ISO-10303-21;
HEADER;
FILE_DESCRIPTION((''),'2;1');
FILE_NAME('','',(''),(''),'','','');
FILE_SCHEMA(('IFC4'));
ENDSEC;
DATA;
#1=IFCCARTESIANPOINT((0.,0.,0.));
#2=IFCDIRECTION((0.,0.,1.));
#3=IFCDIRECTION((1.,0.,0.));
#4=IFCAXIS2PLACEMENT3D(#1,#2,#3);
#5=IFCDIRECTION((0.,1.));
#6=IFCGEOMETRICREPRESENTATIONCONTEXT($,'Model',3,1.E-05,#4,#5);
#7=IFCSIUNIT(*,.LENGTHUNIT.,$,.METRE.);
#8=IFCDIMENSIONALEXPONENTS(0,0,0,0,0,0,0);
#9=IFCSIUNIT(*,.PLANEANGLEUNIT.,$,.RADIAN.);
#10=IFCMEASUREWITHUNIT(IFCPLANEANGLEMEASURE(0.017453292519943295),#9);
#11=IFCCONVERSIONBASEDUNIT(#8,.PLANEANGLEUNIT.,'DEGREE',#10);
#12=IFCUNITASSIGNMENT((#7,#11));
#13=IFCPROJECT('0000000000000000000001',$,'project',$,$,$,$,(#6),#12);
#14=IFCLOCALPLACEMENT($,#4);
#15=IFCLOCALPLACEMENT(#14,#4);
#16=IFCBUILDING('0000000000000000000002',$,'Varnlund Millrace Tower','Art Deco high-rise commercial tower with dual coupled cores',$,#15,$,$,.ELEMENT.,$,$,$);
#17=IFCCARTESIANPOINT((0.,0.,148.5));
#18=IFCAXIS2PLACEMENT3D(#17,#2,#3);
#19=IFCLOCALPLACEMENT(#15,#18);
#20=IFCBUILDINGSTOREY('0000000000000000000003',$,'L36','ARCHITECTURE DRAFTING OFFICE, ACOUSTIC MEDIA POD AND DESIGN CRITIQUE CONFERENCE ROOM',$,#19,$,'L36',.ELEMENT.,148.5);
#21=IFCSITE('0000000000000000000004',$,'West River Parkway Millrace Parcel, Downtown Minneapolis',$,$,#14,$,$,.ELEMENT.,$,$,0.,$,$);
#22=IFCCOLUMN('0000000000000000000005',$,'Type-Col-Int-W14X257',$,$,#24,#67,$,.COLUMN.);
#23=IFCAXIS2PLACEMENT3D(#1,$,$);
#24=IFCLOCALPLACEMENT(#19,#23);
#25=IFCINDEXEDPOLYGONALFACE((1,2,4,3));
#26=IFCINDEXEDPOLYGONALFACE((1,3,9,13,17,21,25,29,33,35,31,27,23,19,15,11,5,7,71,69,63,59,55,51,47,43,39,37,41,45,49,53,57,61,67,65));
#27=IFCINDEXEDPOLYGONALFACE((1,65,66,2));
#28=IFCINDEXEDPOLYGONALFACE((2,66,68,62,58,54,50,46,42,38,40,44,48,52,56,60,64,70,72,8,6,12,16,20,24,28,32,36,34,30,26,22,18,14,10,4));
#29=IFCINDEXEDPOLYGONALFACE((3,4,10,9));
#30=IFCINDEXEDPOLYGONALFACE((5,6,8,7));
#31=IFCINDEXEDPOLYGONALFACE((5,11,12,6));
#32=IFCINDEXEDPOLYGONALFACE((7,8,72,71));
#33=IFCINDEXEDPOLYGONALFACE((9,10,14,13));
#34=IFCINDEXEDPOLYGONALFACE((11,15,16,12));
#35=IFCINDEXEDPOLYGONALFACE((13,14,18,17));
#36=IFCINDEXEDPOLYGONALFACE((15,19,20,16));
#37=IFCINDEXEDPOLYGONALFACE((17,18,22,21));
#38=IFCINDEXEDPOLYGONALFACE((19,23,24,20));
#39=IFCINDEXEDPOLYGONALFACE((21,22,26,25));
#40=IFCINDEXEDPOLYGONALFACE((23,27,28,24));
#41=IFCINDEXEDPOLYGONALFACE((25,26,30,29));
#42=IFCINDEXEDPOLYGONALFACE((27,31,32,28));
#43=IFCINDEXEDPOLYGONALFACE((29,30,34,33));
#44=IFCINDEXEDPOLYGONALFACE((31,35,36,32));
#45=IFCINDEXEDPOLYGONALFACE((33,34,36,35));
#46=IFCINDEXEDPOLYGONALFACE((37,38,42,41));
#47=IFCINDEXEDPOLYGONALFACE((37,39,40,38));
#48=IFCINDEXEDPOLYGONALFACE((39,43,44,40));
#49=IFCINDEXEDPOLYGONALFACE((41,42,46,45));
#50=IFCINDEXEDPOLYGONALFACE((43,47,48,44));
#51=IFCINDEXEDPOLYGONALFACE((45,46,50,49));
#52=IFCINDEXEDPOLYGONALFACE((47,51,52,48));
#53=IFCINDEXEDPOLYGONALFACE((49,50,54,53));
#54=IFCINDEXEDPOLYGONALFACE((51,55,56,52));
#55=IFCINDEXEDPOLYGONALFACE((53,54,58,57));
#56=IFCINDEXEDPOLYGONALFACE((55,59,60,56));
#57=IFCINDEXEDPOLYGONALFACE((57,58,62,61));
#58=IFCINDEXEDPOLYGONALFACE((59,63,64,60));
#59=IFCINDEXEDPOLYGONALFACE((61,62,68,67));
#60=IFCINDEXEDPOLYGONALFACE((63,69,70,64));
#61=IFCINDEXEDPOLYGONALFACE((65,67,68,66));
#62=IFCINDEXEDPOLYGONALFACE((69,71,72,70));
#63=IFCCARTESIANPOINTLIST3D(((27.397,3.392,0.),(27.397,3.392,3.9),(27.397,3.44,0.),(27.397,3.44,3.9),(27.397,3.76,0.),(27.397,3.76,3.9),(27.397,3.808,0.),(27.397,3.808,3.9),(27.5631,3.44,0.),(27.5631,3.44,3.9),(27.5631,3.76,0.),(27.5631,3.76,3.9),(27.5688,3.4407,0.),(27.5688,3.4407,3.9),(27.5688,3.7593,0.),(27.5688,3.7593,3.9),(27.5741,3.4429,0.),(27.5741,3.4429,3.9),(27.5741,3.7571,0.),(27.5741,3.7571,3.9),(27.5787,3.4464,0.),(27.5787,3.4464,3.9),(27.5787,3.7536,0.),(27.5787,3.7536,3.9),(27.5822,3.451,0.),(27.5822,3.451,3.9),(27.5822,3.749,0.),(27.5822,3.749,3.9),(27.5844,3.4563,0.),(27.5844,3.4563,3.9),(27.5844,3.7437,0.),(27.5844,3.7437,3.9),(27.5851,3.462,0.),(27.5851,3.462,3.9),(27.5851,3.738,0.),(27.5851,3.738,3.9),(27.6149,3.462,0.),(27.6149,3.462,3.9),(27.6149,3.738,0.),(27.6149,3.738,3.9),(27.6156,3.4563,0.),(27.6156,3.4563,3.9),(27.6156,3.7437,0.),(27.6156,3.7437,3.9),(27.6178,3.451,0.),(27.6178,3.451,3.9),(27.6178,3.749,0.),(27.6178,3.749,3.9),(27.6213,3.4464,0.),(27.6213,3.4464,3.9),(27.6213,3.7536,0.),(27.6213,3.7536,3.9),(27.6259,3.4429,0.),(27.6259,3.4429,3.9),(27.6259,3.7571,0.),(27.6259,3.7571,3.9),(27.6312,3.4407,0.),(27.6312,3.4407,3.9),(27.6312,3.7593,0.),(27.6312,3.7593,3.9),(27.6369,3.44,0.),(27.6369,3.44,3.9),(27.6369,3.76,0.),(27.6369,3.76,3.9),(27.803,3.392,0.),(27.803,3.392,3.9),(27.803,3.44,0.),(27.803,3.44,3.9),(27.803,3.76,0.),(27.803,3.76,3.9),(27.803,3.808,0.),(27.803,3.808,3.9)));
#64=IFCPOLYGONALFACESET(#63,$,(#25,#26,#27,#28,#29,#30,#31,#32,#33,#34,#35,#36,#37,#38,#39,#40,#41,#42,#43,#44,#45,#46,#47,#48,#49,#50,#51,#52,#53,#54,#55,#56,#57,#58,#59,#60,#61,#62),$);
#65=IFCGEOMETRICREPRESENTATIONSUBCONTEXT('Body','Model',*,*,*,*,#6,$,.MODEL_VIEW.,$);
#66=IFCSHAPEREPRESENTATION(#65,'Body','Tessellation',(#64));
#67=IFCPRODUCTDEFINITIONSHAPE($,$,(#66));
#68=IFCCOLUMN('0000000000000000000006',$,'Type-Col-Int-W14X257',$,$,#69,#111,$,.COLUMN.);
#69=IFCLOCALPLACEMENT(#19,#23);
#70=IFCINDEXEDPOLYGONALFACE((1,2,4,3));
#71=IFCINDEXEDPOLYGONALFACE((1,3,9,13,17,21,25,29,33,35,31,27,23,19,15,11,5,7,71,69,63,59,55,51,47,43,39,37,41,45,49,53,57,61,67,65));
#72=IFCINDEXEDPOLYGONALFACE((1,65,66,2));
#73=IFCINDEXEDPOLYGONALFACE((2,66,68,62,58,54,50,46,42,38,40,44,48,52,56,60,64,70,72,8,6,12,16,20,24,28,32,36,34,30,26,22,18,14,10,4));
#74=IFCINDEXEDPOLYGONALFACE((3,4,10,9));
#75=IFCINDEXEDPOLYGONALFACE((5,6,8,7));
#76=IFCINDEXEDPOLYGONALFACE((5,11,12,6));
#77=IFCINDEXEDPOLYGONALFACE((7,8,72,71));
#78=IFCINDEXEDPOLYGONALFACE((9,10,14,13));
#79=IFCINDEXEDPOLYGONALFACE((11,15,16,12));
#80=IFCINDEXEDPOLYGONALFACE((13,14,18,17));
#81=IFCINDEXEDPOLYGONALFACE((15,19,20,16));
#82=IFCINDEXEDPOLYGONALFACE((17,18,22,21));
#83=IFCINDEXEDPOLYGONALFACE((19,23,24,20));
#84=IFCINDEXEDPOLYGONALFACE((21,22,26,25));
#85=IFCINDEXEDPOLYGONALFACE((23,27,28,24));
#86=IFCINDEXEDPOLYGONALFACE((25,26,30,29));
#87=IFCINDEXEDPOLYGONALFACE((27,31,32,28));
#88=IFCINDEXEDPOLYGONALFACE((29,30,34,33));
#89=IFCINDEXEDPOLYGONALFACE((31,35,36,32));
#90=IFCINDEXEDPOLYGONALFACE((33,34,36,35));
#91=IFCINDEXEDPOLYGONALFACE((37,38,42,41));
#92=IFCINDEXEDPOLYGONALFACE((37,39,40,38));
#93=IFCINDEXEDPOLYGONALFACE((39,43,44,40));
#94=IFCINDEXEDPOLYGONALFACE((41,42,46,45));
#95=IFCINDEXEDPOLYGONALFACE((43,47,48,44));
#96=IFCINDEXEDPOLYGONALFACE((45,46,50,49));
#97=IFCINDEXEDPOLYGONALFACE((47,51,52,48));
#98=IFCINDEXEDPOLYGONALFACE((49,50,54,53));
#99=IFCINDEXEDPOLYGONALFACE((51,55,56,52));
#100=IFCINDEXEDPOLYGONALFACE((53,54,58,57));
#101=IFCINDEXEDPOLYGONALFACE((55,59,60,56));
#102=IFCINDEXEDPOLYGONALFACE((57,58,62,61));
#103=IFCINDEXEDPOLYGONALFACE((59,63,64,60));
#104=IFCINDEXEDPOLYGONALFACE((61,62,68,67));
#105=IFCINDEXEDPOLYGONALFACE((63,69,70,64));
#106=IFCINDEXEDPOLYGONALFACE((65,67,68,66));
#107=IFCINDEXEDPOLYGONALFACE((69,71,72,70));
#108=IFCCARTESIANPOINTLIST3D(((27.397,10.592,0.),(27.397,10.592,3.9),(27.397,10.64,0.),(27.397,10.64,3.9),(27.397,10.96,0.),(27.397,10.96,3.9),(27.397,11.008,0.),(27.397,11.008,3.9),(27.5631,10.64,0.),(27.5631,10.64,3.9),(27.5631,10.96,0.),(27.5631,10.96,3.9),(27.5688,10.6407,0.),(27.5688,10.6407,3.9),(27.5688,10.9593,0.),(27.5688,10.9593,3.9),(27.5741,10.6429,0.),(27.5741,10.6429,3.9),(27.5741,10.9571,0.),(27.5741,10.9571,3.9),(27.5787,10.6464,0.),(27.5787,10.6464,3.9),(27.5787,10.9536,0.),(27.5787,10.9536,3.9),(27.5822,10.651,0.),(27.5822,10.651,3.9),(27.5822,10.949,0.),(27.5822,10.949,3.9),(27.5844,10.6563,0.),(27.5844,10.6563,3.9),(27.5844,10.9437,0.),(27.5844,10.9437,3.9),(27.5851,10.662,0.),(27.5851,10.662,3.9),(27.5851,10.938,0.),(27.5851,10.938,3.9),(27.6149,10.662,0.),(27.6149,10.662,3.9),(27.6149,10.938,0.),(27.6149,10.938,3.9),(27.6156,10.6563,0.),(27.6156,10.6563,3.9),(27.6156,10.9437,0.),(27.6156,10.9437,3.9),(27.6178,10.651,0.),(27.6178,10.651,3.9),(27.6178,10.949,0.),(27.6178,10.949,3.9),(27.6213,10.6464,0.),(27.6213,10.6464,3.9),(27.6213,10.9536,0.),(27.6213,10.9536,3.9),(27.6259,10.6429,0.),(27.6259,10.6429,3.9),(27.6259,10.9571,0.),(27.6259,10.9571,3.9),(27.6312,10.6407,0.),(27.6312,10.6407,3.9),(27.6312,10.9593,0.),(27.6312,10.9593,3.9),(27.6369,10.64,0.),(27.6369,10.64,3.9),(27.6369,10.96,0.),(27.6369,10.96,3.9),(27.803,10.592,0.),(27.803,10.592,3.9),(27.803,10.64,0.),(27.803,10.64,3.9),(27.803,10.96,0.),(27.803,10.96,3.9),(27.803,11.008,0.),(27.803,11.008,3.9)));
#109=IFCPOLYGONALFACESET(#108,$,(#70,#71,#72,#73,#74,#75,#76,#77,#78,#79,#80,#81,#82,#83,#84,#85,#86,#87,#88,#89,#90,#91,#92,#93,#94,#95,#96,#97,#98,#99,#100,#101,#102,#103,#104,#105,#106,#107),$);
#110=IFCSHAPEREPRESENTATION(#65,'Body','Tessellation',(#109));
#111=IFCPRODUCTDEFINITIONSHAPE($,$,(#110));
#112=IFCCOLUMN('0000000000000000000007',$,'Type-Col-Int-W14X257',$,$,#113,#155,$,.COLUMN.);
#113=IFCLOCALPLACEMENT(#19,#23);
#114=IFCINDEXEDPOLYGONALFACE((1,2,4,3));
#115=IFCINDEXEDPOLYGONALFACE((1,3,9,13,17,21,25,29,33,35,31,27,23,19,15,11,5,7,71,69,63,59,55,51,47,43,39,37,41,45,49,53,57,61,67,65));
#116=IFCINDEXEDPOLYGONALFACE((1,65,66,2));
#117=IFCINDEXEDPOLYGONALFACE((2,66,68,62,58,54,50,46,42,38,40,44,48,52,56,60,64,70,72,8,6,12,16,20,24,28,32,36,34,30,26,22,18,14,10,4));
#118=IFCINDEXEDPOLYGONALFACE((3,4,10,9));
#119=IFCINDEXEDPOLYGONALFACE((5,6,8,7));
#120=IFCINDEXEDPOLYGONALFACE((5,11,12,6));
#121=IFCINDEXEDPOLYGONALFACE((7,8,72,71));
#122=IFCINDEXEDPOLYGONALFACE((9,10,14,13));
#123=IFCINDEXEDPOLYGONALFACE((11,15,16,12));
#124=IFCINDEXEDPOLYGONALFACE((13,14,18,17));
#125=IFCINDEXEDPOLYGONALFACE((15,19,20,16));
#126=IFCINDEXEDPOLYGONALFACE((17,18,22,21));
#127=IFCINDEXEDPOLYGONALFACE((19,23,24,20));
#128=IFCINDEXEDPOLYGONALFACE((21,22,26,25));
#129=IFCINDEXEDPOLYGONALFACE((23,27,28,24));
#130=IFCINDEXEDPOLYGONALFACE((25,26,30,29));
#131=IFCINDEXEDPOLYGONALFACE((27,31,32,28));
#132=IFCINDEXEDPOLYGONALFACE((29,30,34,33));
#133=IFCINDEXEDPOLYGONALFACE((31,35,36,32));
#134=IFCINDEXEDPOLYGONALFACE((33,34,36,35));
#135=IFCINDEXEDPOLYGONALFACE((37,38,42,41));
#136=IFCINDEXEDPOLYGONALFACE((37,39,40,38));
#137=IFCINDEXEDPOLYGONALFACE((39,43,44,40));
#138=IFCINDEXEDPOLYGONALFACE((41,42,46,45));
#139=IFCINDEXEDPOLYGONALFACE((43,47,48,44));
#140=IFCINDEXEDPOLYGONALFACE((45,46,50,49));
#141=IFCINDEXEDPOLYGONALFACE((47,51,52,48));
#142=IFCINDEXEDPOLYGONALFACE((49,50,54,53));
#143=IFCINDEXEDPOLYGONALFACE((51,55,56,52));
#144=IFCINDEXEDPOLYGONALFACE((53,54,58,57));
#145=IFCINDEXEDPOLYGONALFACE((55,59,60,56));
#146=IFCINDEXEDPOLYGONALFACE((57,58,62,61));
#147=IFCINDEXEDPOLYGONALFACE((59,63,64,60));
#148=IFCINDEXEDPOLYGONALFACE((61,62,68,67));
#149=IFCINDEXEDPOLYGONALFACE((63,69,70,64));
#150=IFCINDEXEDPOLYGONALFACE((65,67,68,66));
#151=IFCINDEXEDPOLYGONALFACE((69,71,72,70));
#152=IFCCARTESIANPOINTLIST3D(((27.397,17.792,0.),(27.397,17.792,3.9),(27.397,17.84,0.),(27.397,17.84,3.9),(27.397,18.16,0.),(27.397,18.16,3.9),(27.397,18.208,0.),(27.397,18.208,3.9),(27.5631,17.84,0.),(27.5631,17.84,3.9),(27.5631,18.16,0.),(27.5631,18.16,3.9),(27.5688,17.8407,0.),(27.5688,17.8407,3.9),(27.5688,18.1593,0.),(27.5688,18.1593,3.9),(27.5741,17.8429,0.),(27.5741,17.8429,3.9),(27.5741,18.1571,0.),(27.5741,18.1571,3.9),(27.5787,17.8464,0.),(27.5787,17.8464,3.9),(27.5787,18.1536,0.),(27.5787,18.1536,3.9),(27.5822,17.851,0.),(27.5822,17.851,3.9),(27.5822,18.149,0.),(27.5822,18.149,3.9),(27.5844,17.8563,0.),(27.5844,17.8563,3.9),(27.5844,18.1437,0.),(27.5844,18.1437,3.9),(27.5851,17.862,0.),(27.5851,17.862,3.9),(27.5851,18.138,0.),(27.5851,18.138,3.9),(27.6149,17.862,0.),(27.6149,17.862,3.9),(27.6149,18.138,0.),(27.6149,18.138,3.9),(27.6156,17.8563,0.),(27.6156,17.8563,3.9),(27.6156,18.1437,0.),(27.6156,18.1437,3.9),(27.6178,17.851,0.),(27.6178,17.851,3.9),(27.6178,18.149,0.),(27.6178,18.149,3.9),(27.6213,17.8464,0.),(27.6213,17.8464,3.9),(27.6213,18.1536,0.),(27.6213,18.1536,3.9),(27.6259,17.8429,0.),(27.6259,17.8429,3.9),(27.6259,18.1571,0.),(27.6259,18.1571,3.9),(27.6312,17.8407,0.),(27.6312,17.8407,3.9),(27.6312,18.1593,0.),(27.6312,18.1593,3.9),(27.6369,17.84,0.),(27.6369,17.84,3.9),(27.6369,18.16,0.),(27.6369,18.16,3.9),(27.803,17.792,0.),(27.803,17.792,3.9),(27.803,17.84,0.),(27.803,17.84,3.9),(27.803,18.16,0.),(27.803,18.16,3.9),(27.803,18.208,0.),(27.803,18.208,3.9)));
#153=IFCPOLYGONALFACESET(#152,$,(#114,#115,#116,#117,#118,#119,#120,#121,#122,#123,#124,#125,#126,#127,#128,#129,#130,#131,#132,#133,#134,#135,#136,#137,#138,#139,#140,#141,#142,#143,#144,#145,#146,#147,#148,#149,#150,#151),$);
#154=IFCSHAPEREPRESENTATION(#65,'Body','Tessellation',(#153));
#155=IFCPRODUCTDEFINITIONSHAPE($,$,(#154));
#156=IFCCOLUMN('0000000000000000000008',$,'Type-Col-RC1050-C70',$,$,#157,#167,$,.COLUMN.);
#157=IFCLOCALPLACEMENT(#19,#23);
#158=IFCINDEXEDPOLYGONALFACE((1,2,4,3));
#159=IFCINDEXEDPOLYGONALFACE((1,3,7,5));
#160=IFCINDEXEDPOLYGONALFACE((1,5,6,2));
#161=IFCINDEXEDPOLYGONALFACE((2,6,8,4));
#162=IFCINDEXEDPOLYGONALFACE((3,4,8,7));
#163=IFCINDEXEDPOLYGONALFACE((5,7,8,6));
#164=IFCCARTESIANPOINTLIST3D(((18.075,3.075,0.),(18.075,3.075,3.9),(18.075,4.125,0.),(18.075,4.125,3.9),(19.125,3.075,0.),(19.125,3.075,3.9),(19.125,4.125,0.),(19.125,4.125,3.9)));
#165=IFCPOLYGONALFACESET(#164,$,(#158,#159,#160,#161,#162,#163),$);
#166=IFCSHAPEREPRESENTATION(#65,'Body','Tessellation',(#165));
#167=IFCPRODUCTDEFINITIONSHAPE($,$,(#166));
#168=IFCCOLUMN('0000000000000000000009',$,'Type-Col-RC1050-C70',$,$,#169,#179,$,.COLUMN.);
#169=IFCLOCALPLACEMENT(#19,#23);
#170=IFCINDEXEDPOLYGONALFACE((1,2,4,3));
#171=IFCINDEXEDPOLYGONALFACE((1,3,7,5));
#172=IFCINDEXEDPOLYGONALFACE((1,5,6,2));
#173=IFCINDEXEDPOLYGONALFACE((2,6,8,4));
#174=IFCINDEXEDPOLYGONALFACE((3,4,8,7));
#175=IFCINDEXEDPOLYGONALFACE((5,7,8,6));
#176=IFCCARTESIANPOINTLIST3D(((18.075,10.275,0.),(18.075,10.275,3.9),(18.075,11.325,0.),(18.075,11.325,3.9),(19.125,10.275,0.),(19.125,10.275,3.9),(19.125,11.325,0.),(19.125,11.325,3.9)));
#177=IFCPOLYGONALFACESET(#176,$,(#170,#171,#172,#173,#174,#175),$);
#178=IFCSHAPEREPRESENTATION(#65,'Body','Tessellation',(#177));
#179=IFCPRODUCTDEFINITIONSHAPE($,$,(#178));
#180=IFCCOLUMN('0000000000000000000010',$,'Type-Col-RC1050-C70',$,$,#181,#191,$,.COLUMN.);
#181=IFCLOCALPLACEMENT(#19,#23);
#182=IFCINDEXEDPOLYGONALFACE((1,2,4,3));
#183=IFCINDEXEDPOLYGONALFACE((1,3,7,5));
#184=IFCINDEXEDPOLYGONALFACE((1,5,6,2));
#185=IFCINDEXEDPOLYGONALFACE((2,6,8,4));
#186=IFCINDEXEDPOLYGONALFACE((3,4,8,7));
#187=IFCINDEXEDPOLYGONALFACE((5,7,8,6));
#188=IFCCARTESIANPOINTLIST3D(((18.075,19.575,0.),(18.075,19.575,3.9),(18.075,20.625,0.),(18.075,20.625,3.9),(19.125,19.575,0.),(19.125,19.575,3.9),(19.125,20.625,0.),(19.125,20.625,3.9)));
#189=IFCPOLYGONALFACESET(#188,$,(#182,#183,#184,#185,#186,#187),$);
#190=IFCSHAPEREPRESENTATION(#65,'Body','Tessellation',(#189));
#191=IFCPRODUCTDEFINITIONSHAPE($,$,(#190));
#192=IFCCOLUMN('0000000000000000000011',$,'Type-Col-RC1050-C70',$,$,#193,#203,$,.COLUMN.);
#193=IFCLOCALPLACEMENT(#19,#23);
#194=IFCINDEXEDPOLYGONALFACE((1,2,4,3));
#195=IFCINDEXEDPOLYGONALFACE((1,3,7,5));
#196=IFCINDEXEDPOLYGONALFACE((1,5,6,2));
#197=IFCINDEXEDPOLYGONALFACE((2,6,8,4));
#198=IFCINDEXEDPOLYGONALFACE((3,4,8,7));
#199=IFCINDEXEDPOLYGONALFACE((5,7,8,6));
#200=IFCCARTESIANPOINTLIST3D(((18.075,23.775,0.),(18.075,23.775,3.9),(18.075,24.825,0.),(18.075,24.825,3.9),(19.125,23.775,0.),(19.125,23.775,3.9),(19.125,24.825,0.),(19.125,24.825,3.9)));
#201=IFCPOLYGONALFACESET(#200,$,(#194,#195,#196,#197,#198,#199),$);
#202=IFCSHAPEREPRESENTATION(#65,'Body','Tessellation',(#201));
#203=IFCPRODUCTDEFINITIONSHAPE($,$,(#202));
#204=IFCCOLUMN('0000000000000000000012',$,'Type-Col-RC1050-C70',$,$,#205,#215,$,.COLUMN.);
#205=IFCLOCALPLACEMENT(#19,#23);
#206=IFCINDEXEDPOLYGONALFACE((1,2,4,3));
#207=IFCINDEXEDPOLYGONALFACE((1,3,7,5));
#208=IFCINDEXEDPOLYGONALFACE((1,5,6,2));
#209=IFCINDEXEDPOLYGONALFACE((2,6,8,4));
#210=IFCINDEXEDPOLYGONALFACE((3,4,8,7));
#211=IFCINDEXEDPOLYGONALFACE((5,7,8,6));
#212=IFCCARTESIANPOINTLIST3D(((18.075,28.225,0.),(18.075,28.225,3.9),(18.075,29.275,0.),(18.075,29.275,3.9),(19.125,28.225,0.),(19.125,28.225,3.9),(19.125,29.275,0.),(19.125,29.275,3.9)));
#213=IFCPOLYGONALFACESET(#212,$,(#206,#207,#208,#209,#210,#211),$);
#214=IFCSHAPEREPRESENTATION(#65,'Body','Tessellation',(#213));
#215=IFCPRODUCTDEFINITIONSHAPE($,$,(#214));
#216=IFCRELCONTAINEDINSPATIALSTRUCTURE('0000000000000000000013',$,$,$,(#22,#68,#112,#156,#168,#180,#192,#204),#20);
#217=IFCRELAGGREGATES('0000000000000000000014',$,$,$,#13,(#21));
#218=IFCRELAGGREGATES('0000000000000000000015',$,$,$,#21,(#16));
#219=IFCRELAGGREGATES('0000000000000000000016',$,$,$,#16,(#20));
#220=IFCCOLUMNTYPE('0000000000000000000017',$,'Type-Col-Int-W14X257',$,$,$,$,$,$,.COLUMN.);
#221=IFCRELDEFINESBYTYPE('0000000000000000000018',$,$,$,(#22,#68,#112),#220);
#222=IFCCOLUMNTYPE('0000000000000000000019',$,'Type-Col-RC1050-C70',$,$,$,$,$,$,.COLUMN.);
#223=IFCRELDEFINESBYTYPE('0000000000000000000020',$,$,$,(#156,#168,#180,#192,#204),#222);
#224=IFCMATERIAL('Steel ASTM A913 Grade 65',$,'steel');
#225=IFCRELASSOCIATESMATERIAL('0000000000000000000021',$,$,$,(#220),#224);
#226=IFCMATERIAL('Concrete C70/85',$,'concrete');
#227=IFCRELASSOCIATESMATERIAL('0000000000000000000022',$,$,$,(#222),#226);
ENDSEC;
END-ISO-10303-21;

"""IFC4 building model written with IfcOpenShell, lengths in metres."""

from ifc_helpers import new_model, entity, si_unit, converted_unit, direction, frame, origin_with_axes, origin_2d_with_axis, place, context, subcontext, project, spatial, rectangle, i_section, extrude, material, material_profile, profile_set, type_object, element, save


model = new_model("IFC4")

# Units and contexts
model_context = context("Model", 3, precision=1e-05, world=origin_with_axes(), true_north=direction((0.0, 1.0)))
body_context = subcontext(model_context, "Body", "Model", "MODEL_VIEW")
ifc_project = project(units=[si_unit("LENGTHUNIT", "METRE"), converted_unit("PLANEANGLEUNIT", "DEGREE", entity("IfcPlaneAngleMeasure", 0.017453292519943295), si_unit("PLANEANGLEUNIT", "RADIAN"), dimensions=[0, 0, 0, 0, 0, 0, 0])], contexts=[model_context])

# Site, building, storey
site_placement = place(None, origin_with_axes())
site = spatial("IfcSite", under=ifc_project, at=site_placement, Name="West River Parkway Millrace Parcel, Downtown Minneapolis", CompositionType="ELEMENT", RefElevation=0.0)
building_placement = place(site_placement, origin_with_axes())
building = spatial("IfcBuilding", under=site, at=building_placement, Name="Varnlund Millrace Tower", Description="Art Deco high-rise commercial tower with dual coupled cores", CompositionType="ELEMENT")
storey_placement = place(building_placement, frame((0.0, 0.0, 148.5), z_axis=(0.0, 0.0, 1.0), x_axis=(1.0, 0.0, 0.0)))
storey = spatial("IfcBuildingStorey", under=building, at=storey_placement, Name="L36", Description="ARCHITECTURE DRAFTING OFFICE, ACOUSTIC MEDIA POD AND DESIGN CRITIQUE CONFERENCE ROOM", LongName="L36", CompositionType="ELEMENT", Elevation=148.5)

# Columns
ifc_material_1 = material(Name="Steel ASTM A913 Grade 65", Category="steel")
ifc_material_profile_1 = material_profile(ifc_material_1, i_section(OverallWidth=0.406, OverallDepth=0.416, WebThickness=0.0298, FlangeThickness=0.048, FilletRadius=0.022, at=origin_2d_with_axis()), Name="Steel ASTM A913 Grade 65")
ifc_profile_set_1 = profile_set([ifc_material_profile_1], Name="Steel ASTM A913 Grade 65")
column_type_1 = type_object("IfcColumnType", Name="Type-Col-Int-W14X257", PredefinedType="COLUMN", material=ifc_profile_set_1)
for number, where, z_axis, x_axis, name in (
    (1, (27.6, 3.6, 0.0), (0.0, 0.0, 1.0), (1.0, 0.0, 0.0), "Type-Col-Int-W14X257"),
    (2, (27.6, 10.8, 0.0), (0.0, 0.0, 1.0), (1.0, 0.0, 0.0), "Type-Col-Int-W14X257"),
    (3, (27.6, 18.0, 0.0), (0.0, 0.0, 1.0), (1.0, 0.0, 0.0), "Type-Col-Int-W14X257"),
):
    element("IfcColumn", number, at=place(storey_placement, frame(where, z_axis=z_axis, x_axis=x_axis)), inside=storey, type_object=column_type_1, Name=name, PredefinedType="COLUMN", context=body_context, shape_type="SweptSolid", body=[
        extrude(i_section(OverallWidth=0.406, OverallDepth=0.416, WebThickness=0.0298, FlangeThickness=0.048, FilletRadius=0.022, at=origin_2d_with_axis()), origin_with_axes(), (0.0, 0.0, 1.0), 3.9),
    ])
ifc_material_2 = material(Name="Concrete C70/85", Category="concrete")
ifc_material_profile_2 = material_profile(ifc_material_2, rectangle(XDim=1.05, YDim=1.05, at=origin_2d_with_axis()), Name="Concrete C70/85")
ifc_profile_set_2 = profile_set([ifc_material_profile_2], Name="Concrete C70/85")
column_type_2 = type_object("IfcColumnType", Name="Type-Col-RC1050-C70", PredefinedType="COLUMN", material=ifc_profile_set_2)
for number, where, z_axis, x_axis, name in (
    (4, (18.6, 3.6, 0.0), (0.0, 0.0, 1.0), (1.0, 0.0, 0.0), "Type-Col-RC1050-C70"),
    (5, (18.6, 10.8, 0.0), (0.0, 0.0, 1.0), (1.0, 0.0, 0.0), "Type-Col-RC1050-C70"),
    (6, (18.6, 20.1, 0.0), (0.0, 0.0, 1.0), (1.0, 0.0, 0.0), "Type-Col-RC1050-C70"),
    (7, (18.6, 24.3, 0.0), (0.0, 0.0, 1.0), (1.0, 0.0, 0.0), "Type-Col-RC1050-C70"),
    (8, (18.6, 28.75, 0.0), (0.0, 0.0, 1.0), (1.0, 0.0, 0.0), "Type-Col-RC1050-C70"),
):
    element("IfcColumn", number, at=place(storey_placement, frame(where, z_axis=z_axis, x_axis=x_axis)), inside=storey, type_object=column_type_2, Name=name, PredefinedType="COLUMN", context=body_context, shape_type="SweptSolid", body=[
        extrude(rectangle(XDim=1.05, YDim=1.05, at=origin_2d_with_axis()), origin_with_axes(), (0.0, 0.0, 1.0), 3.9),
    ])

save(model, "model.ifc")
